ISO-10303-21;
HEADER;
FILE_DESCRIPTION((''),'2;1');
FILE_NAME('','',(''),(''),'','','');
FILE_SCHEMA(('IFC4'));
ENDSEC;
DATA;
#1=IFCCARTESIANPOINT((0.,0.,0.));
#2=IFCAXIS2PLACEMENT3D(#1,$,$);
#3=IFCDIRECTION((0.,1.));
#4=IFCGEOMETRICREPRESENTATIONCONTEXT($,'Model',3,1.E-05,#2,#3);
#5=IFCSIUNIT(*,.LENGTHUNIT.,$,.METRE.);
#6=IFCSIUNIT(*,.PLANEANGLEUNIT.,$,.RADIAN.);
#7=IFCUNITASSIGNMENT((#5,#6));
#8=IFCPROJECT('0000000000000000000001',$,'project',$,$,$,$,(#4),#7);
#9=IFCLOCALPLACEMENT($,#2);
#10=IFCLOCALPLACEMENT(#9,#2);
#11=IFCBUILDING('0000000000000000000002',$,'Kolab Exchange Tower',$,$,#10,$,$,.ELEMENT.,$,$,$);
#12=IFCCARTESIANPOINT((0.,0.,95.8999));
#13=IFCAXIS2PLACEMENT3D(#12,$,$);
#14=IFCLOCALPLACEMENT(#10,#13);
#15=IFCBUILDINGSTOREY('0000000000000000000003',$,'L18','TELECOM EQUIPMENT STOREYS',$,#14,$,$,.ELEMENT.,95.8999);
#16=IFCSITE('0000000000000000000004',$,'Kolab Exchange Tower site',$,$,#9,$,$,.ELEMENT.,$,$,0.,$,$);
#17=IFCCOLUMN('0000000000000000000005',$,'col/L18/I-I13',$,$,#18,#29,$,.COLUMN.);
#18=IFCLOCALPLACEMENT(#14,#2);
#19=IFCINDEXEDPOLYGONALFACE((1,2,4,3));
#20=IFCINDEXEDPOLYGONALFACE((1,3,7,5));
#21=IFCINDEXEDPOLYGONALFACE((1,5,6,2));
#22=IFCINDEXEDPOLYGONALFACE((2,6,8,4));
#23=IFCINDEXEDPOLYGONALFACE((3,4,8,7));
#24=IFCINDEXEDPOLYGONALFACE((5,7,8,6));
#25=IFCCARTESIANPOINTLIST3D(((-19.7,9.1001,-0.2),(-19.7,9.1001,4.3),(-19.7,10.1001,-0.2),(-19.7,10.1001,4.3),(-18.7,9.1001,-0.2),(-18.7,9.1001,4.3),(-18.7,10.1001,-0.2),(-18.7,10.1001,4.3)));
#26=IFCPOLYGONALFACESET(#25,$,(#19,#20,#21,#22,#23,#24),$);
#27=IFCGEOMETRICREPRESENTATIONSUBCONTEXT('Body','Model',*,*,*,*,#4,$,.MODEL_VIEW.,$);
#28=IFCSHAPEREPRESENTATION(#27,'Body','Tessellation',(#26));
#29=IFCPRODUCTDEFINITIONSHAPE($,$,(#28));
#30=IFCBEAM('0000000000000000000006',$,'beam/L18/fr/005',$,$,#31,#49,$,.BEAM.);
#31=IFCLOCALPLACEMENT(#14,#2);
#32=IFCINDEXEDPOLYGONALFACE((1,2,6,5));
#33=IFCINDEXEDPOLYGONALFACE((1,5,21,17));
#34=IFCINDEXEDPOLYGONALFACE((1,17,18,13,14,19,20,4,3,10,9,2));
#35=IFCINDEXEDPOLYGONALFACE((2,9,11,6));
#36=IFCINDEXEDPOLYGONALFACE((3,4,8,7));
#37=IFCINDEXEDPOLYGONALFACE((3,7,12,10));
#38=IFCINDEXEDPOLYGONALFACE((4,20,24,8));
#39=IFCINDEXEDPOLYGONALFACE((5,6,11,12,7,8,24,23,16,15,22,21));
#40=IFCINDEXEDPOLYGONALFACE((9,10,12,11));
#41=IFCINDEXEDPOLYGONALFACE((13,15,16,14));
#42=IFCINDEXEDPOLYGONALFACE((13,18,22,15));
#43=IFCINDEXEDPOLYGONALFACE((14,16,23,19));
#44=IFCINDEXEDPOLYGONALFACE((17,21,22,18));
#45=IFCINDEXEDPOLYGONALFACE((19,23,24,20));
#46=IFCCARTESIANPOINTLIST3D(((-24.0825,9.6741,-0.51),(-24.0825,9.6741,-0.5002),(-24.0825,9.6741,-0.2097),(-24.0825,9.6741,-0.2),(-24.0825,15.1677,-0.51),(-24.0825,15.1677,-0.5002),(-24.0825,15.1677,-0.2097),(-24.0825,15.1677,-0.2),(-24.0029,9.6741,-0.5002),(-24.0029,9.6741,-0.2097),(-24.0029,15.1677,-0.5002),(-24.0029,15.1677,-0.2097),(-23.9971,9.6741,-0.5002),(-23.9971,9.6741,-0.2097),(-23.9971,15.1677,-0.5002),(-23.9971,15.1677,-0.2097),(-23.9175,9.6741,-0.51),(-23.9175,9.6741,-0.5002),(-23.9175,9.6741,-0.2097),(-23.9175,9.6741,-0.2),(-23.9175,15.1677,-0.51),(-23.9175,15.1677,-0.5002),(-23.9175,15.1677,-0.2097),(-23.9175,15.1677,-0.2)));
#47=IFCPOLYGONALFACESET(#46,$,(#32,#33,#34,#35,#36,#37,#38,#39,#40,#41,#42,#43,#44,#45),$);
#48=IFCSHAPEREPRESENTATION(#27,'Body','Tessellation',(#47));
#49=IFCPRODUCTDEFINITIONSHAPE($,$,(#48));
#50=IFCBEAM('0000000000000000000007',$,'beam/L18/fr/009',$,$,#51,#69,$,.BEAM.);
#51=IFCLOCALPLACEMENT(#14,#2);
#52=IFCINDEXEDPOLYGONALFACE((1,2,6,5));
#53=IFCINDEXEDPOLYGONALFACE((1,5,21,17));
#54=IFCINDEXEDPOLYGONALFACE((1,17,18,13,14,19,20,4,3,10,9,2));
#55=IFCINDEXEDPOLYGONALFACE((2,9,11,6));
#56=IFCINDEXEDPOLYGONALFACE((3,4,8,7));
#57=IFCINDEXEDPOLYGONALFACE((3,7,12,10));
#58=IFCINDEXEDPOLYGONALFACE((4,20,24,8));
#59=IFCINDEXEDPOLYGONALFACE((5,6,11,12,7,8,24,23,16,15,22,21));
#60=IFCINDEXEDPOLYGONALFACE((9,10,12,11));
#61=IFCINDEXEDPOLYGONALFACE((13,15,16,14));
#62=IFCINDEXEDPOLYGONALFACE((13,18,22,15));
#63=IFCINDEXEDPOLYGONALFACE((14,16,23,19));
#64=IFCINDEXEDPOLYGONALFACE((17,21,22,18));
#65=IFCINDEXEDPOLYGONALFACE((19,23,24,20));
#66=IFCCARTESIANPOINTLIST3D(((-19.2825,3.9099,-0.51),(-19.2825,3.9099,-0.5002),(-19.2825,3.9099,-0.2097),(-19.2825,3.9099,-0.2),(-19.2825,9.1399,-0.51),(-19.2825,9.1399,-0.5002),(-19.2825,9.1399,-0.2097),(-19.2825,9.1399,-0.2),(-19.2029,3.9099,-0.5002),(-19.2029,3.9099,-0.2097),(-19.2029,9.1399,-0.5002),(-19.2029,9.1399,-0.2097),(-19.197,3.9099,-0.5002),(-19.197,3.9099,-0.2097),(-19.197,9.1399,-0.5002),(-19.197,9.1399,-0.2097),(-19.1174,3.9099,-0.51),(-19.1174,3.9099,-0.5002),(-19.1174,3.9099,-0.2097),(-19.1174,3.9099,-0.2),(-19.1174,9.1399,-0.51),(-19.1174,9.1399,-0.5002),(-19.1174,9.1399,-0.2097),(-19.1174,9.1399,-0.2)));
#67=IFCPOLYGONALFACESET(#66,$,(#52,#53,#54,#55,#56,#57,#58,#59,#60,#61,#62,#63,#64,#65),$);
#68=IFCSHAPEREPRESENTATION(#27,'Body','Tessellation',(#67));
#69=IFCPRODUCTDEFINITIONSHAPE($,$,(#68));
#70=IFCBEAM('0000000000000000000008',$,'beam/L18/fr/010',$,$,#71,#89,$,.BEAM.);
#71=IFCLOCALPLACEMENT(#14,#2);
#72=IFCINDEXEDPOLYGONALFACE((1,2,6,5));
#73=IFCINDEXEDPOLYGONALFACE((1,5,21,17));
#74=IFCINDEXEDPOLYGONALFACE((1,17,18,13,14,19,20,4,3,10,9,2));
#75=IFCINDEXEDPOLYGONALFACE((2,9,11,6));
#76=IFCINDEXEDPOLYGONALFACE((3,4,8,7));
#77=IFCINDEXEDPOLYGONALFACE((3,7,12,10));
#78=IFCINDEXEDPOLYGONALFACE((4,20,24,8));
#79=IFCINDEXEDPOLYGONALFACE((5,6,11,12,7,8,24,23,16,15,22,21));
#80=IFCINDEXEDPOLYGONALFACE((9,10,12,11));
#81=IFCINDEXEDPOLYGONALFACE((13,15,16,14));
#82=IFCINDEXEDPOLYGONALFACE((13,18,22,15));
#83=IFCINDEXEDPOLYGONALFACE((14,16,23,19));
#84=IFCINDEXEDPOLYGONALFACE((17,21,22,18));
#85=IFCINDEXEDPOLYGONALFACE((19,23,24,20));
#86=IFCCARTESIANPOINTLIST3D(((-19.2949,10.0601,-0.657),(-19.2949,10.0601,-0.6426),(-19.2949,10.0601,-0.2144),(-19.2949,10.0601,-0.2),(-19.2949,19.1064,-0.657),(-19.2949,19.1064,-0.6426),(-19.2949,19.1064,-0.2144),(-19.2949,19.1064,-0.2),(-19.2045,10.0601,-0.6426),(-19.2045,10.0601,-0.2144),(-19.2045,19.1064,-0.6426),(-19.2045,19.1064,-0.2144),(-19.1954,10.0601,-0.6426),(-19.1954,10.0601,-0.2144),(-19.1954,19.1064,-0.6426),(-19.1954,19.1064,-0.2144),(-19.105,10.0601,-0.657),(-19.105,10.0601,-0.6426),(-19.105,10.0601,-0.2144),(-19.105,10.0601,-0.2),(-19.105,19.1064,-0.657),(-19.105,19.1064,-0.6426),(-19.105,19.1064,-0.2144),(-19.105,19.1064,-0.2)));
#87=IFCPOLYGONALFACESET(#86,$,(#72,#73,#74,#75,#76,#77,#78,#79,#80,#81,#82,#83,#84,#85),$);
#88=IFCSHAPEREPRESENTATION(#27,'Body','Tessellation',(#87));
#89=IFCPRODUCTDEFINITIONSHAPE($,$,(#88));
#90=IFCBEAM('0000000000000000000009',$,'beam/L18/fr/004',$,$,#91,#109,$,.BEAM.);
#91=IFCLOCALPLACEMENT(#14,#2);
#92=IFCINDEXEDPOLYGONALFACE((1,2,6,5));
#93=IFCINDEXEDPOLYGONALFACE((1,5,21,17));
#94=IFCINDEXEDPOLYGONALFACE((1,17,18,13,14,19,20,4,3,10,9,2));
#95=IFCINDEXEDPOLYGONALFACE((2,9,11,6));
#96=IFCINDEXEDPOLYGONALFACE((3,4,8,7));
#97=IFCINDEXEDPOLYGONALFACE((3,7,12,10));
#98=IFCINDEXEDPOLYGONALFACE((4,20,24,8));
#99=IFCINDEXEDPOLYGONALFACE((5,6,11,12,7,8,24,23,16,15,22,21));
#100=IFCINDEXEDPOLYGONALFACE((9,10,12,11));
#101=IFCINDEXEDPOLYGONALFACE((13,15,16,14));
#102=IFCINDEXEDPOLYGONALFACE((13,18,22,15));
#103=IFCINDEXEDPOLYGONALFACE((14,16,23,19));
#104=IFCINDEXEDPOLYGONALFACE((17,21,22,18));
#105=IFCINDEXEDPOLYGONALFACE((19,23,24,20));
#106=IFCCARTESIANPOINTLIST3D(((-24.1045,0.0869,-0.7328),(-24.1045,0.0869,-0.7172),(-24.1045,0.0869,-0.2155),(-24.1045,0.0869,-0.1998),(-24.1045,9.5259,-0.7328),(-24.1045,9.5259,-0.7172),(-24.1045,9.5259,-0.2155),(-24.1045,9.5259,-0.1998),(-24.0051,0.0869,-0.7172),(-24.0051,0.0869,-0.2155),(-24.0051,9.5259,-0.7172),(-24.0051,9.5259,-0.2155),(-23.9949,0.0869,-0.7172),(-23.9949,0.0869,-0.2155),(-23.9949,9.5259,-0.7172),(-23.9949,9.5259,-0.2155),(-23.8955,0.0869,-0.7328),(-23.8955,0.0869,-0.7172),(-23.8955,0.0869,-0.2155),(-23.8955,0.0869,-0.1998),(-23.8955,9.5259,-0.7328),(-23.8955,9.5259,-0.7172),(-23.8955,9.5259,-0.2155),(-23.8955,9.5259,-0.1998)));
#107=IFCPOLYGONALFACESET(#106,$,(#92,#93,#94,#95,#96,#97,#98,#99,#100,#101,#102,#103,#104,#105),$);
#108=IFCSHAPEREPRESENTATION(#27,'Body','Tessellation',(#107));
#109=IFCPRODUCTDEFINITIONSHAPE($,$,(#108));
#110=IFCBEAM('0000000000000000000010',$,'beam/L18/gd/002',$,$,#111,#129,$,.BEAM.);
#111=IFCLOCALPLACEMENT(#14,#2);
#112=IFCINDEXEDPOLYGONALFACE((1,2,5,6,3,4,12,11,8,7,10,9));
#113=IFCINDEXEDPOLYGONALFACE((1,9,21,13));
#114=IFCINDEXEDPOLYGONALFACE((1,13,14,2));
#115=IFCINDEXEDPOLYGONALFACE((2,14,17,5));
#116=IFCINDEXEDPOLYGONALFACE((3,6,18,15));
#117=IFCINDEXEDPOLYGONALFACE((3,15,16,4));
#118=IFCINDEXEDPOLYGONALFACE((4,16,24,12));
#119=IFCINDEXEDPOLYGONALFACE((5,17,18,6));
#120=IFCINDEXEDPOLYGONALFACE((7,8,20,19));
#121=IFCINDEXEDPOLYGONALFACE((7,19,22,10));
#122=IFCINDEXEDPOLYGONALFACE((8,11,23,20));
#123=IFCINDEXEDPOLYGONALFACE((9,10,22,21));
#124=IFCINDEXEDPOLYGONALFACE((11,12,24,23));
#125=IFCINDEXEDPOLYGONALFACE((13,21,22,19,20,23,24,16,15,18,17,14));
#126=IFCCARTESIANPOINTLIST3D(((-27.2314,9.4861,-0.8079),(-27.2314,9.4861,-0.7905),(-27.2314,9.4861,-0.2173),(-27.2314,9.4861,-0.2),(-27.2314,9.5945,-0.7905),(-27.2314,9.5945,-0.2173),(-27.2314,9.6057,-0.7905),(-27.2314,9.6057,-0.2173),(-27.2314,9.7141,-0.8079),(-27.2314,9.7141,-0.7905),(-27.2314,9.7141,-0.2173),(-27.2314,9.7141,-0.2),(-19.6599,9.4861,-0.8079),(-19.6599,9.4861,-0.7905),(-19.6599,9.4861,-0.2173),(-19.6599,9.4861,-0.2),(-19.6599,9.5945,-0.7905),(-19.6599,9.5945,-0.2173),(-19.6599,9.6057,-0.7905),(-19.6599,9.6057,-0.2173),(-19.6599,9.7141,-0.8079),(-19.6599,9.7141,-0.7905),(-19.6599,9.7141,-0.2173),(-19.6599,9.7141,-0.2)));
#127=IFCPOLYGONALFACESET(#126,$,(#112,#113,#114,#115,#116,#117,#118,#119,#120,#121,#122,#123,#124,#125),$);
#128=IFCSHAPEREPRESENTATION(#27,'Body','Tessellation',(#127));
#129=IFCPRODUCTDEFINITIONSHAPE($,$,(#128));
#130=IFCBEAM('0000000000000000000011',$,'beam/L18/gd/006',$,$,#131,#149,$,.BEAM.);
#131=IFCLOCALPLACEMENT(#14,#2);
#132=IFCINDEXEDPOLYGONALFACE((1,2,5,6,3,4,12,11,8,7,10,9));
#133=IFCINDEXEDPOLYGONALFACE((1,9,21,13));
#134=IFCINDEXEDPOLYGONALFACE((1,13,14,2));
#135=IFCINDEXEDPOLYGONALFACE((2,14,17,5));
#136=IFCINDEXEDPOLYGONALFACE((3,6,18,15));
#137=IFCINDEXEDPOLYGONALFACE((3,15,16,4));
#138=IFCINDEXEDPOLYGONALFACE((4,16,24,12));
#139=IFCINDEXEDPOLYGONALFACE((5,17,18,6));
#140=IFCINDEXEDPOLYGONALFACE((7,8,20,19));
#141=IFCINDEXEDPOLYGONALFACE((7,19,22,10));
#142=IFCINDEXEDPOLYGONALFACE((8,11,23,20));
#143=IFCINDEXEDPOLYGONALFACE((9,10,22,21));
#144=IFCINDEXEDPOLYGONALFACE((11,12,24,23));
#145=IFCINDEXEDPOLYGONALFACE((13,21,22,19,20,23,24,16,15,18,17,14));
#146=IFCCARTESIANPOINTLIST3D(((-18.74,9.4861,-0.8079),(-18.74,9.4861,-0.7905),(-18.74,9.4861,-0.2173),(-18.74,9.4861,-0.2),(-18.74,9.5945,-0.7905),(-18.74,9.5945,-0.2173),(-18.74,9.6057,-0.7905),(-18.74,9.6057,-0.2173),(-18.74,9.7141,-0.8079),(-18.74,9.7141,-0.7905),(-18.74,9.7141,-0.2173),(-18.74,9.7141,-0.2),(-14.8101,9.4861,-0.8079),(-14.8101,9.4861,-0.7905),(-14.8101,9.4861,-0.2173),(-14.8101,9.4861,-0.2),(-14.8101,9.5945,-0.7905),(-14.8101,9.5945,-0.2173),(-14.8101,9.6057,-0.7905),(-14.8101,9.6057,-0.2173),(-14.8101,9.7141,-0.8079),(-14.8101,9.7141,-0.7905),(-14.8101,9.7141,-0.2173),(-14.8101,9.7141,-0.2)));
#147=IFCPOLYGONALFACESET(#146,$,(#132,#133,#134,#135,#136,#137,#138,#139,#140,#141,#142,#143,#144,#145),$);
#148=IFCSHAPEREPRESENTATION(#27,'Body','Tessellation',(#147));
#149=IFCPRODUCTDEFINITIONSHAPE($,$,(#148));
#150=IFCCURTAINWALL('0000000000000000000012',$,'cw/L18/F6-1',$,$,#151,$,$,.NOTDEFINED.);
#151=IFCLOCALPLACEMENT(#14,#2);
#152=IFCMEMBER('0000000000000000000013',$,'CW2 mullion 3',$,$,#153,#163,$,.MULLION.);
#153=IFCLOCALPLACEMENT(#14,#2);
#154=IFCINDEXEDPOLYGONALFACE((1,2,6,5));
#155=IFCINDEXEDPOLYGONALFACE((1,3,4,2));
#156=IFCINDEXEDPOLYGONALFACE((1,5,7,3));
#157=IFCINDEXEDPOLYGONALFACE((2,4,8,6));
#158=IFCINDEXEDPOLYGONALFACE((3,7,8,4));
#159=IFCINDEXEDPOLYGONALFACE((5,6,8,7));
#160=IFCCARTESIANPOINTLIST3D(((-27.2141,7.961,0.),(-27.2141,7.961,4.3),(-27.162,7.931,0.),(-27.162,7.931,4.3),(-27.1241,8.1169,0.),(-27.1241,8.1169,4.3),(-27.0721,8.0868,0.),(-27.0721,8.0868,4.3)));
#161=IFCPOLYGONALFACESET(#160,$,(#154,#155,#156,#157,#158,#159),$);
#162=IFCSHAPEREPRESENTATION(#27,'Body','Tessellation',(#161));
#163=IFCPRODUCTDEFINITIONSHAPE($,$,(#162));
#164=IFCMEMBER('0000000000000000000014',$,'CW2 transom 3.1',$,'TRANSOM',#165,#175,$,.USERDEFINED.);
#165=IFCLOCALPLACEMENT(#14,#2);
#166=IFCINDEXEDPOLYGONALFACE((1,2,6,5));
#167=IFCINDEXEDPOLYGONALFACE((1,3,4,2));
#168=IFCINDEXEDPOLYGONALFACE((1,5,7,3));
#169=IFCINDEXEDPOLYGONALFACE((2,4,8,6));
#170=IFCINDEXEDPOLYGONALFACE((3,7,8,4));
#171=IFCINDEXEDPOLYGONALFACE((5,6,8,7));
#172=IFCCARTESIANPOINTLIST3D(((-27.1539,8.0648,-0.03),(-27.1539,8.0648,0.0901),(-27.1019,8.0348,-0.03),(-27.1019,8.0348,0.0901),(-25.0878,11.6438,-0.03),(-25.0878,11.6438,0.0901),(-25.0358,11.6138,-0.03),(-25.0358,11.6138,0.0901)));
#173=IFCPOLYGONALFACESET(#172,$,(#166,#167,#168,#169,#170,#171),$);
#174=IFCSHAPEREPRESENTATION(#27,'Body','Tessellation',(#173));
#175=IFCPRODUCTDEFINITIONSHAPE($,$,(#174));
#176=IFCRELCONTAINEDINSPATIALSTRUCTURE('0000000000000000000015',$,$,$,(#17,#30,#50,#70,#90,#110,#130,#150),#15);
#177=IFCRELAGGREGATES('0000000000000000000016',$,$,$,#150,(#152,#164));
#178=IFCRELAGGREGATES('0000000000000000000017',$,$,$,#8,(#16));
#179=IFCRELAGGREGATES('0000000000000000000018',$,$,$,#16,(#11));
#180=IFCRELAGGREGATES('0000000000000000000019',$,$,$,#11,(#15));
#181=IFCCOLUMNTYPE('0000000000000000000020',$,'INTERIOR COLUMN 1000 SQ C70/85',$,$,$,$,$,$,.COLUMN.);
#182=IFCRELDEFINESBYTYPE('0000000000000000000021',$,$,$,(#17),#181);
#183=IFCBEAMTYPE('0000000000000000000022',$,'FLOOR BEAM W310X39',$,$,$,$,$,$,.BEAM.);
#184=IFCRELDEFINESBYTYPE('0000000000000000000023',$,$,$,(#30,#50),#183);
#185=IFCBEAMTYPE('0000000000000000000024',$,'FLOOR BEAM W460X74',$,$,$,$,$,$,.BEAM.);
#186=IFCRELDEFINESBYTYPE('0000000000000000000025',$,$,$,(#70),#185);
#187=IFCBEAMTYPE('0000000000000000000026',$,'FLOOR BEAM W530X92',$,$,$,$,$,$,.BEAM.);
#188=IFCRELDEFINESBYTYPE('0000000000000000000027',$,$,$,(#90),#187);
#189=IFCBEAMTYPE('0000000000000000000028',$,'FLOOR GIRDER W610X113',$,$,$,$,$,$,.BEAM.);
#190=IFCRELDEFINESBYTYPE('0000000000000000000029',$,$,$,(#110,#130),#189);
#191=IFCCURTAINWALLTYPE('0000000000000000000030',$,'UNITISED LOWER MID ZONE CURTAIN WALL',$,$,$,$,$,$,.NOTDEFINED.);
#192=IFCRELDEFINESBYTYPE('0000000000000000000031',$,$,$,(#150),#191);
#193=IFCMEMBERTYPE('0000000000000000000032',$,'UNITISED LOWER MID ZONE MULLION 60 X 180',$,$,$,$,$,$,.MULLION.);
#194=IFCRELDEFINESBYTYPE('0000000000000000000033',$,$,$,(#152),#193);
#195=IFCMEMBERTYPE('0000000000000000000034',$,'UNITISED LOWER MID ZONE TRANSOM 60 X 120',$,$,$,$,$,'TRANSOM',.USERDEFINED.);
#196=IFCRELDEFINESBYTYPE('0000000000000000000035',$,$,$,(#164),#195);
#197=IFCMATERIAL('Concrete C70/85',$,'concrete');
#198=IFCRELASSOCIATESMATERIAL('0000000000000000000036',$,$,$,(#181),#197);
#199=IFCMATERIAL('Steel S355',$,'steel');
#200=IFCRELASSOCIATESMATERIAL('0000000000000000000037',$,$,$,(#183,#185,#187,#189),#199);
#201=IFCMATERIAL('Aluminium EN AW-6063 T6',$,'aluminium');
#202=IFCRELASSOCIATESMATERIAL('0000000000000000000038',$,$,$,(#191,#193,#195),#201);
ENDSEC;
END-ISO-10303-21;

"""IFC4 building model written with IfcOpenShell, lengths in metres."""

from ifc_helpers import new_model, si_unit, direction, frame, origin, origin_2d, place, context, subcontext, project, spatial, rectangle, i_section, extrude, material, material_profile, profile_set, type_object, element, aggregate, save


model = new_model("IFC4")

# Units and contexts
model_context = context("Model", 3, precision=1e-05, world=origin(), true_north=direction((0.0, 1.0)))
body_context = subcontext(model_context, "Body", "Model", "MODEL_VIEW")
ifc_project = project(units=[si_unit("LENGTHUNIT", "METRE"), si_unit("PLANEANGLEUNIT", "RADIAN")], contexts=[model_context])

# Site, building, storey
site_placement = place(None, origin())
site = spatial("IfcSite", under=ifc_project, at=site_placement, Name="Kolab Exchange Tower site", CompositionType="ELEMENT", RefElevation=0.0)
building_placement = place(site_placement, origin())
building = spatial("IfcBuilding", under=site, at=building_placement, Name="Kolab Exchange Tower", CompositionType="ELEMENT")
storey_placement = place(building_placement, frame((0.0, 0.0, 95.8999)))
storey = spatial("IfcBuildingStorey", under=building, at=storey_placement, Name="L18", Description="TELECOM EQUIPMENT STOREYS", CompositionType="ELEMENT", Elevation=95.8999)

# Column
ifc_material_1 = material(Name="Concrete C70/85", Category="concrete")
ifc_material_profile_1 = material_profile(ifc_material_1, rectangle(XDim=1.0, YDim=1.0, at=origin_2d()), Name="RC1000")
ifc_profile_set_1 = profile_set([ifc_material_profile_1], Name="Concrete C70/85")
column_type = type_object("IfcColumnType", Name="INTERIOR COLUMN 1000 SQ C70/85", PredefinedType="COLUMN", material=ifc_profile_set_1)
column_placement = place(storey_placement, frame((-19.2, 9.6001, -0.2), z_axis=(0.0, 0.0, 1.0), x_axis=(1.0, 0.0, 0.0)))
element("IfcColumn", 1, at=column_placement, inside=storey, type_object=column_type, Name="col/L18/I-I13", PredefinedType="COLUMN", context=body_context, shape_type="SweptSolid", body=[
    extrude(rectangle(XDim=1.0, YDim=1.0, at=origin_2d()), origin(), (0.0, 0.0, 1.0), 4.5),
])

# Beams
ifc_material_2 = material(Name="Steel S355", Category="steel")
ifc_material_profile_2 = material_profile(ifc_material_2, i_section(OverallWidth=0.165, OverallDepth=0.3101, WebThickness=0.0059, FlangeThickness=0.0098, at=origin_2d()), Name="W310X39")
ifc_profile_set_2 = profile_set([ifc_material_profile_2], Name="Steel S355")
beam_type_1 = type_object("IfcBeamType", Name="FLOOR BEAM W310X39", PredefinedType="BEAM", material=ifc_profile_set_2)
beam_1_placement = place(storey_placement, frame((-24.0, 9.6741, -0.355), z_axis=(0.0, 1.0, 0.0), x_axis=(-1.0, 0.0, 0.0)))
element("IfcBeam", 2, at=beam_1_placement, inside=storey, type_object=beam_type_1, Name="beam/L18/fr/005", PredefinedType="BEAM", context=body_context, shape_type="SweptSolid", body=[
    extrude(i_section(OverallWidth=0.165, OverallDepth=0.3101, WebThickness=0.0059, FlangeThickness=0.0098, at=origin_2d()), origin(), (0.0, 0.0, 1.0), 5.4937),
])
beam_2_placement = place(storey_placement, frame((-19.2, 3.9099, -0.355), z_axis=(0.0, 1.0, 0.0), x_axis=(-1.0, 0.0, 0.0)))
element("IfcBeam", 3, at=beam_2_placement, inside=storey, type_object=beam_type_1, Name="beam/L18/fr/009", PredefinedType="BEAM", context=body_context, shape_type="SweptSolid", body=[
    extrude(i_section(OverallWidth=0.165, OverallDepth=0.3101, WebThickness=0.0059, FlangeThickness=0.0098, at=origin_2d()), origin(), (0.0, 0.0, 1.0), 5.23),
])
ifc_material_profile_3 = material_profile(ifc_material_2, i_section(OverallWidth=0.1899, OverallDepth=0.457, WebThickness=0.009, FlangeThickness=0.0144, at=origin_2d()), Name="W460X74")
ifc_profile_set_3 = profile_set([ifc_material_profile_3], Name="Steel S355")
beam_type_2 = type_object("IfcBeamType", Name="FLOOR BEAM W460X74", PredefinedType="BEAM", material=ifc_profile_set_3)
beam_3_placement = place(storey_placement, frame((-19.2, 10.0601, -0.4285), z_axis=(0.0, 1.0, 0.0), x_axis=(-1.0, 0.0, 0.0)))
element("IfcBeam", 4, at=beam_3_placement, inside=storey, type_object=beam_type_2, Name="beam/L18/fr/010", PredefinedType="BEAM", context=body_context, shape_type="SweptSolid", body=[
    extrude(i_section(OverallWidth=0.1899, OverallDepth=0.457, WebThickness=0.009, FlangeThickness=0.0144, at=origin_2d()), origin(), (0.0, 0.0, 1.0), 9.0464),
])
ifc_material_profile_4 = material_profile(ifc_material_2, i_section(OverallWidth=0.209, OverallDepth=0.533, WebThickness=0.0103, FlangeThickness=0.0156, at=origin_2d()), Name="W530X92")
ifc_profile_set_4 = profile_set([ifc_material_profile_4], Name="Steel S355")
beam_type_3 = type_object("IfcBeamType", Name="FLOOR BEAM W530X92", PredefinedType="BEAM", material=ifc_profile_set_4)
beam_4_placement = place(storey_placement, frame((-24.0, 0.0869, -0.4663), z_axis=(0.0, 1.0, 0.0), x_axis=(-1.0, 0.0, 0.0)))
element("IfcBeam", 5, at=beam_4_placement, inside=storey, type_object=beam_type_3, Name="beam/L18/fr/004", PredefinedType="BEAM", context=body_context, shape_type="SweptSolid", body=[
    extrude(i_section(OverallWidth=0.209, OverallDepth=0.533, WebThickness=0.0103, FlangeThickness=0.0156, at=origin_2d()), origin(), (0.0, 0.0, 1.0), 9.439),
])
ifc_material_profile_5 = material_profile(ifc_material_2, i_section(OverallWidth=0.228, OverallDepth=0.6079, WebThickness=0.0112, FlangeThickness=0.0173, at=origin_2d()), Name="W610X113")
ifc_profile_set_5 = profile_set([ifc_material_profile_5], Name="Steel S355")
beam_type_4 = type_object("IfcBeamType", Name="FLOOR GIRDER W610X113", PredefinedType="BEAM", material=ifc_profile_set_5)
beam_5_placement = place(storey_placement, frame((-27.2314, 9.6001, -0.5039), z_axis=(1.0, 0.0, 0.0), x_axis=(0.0, 1.0, 0.0)))
element("IfcBeam", 6, at=beam_5_placement, inside=storey, type_object=beam_type_4, Name="beam/L18/gd/002", PredefinedType="BEAM", context=body_context, shape_type="SweptSolid", body=[
    extrude(i_section(OverallWidth=0.228, OverallDepth=0.6079, WebThickness=0.0112, FlangeThickness=0.0173, at=origin_2d()), origin(), (0.0, 0.0, 1.0), 7.5715),
])
beam_6_placement = place(storey_placement, frame((-18.74, 9.6001, -0.5039), z_axis=(1.0, 0.0, 0.0), x_axis=(0.0, 1.0, 0.0)))
element("IfcBeam", 7, at=beam_6_placement, inside=storey, type_object=beam_type_4, Name="beam/L18/gd/006", PredefinedType="BEAM", context=body_context, shape_type="SweptSolid", body=[
    extrude(i_section(OverallWidth=0.228, OverallDepth=0.6079, WebThickness=0.0112, FlangeThickness=0.0173, at=origin_2d()), origin(), (0.0, 0.0, 1.0), 3.9299),
])

# Curtain wall, members
ifc_material_3 = material(Name="Aluminium EN AW-6063 T6", Category="aluminium")
curtain_wall_type = type_object("IfcCurtainWallType", Name="UNITISED LOWER MID ZONE CURTAIN WALL", PredefinedType="NOTDEFINED", material=ifc_material_3)
curtain_wall_placement = place(storey_placement, origin())
curtain_wall = element("IfcCurtainWall", 8, at=curtain_wall_placement, inside=storey, type_object=curtain_wall_type, Name="cw/L18/F6-1", PredefinedType="NOTDEFINED")
ifc_material_profile_6 = material_profile(ifc_material_3, rectangle(XDim=0.0601, YDim=0.1799, at=origin_2d()), Name="RECT 60X180")
ifc_profile_set_6 = profile_set([ifc_material_profile_6], Name="Aluminium EN AW-6063 T6")
member_type_1 = type_object("IfcMemberType", Name="UNITISED LOWER MID ZONE MULLION 60 X 180", PredefinedType="MULLION", material=ifc_profile_set_6)
member_1_placement = place(storey_placement, frame((-27.1431, 8.0239, 0.0), z_axis=(0.0, 0.0, 1.0), x_axis=(-0.866025, 0.5, 0.0)))
member_1 = element("IfcMember", 9, at=member_1_placement, type_object=member_type_1, Name="CW2 mullion 3", PredefinedType="MULLION", context=body_context, shape_type="SweptSolid", body=[
    extrude(rectangle(XDim=0.0601, YDim=0.1799, at=origin_2d()), origin(), (0.0, 0.0, 1.0), 4.3),
])
ifc_material_profile_7 = material_profile(ifc_material_3, rectangle(XDim=0.0601, YDim=0.1201, at=origin_2d()), Name="RECT 60X120")
ifc_profile_set_7 = profile_set([ifc_material_profile_7], Name="Aluminium EN AW-6063 T6")
member_type_2 = type_object("IfcMemberType", Name="UNITISED LOWER MID ZONE TRANSOM 60 X 120", ElementType="TRANSOM", PredefinedType="USERDEFINED", material=ifc_profile_set_7)
member_2_placement = place(storey_placement, frame((-27.1279, 8.0498, 0.03), z_axis=(0.499958, 0.86605, 0.0), x_axis=(-0.86605, 0.499958, 0.0)))
member_2 = element("IfcMember", 10, at=member_2_placement, type_object=member_type_2, Name="CW2 transom 3.1", ObjectType="TRANSOM", PredefinedType="USERDEFINED", context=body_context, shape_type="SweptSolid", body=[
    extrude(rectangle(XDim=0.0601, YDim=0.1201, at=origin_2d()), origin(), (0.0, 0.0, 1.0), 4.1326),
])
aggregate(curtain_wall, [member_1, member_2])

save(model, "model.ifc")
